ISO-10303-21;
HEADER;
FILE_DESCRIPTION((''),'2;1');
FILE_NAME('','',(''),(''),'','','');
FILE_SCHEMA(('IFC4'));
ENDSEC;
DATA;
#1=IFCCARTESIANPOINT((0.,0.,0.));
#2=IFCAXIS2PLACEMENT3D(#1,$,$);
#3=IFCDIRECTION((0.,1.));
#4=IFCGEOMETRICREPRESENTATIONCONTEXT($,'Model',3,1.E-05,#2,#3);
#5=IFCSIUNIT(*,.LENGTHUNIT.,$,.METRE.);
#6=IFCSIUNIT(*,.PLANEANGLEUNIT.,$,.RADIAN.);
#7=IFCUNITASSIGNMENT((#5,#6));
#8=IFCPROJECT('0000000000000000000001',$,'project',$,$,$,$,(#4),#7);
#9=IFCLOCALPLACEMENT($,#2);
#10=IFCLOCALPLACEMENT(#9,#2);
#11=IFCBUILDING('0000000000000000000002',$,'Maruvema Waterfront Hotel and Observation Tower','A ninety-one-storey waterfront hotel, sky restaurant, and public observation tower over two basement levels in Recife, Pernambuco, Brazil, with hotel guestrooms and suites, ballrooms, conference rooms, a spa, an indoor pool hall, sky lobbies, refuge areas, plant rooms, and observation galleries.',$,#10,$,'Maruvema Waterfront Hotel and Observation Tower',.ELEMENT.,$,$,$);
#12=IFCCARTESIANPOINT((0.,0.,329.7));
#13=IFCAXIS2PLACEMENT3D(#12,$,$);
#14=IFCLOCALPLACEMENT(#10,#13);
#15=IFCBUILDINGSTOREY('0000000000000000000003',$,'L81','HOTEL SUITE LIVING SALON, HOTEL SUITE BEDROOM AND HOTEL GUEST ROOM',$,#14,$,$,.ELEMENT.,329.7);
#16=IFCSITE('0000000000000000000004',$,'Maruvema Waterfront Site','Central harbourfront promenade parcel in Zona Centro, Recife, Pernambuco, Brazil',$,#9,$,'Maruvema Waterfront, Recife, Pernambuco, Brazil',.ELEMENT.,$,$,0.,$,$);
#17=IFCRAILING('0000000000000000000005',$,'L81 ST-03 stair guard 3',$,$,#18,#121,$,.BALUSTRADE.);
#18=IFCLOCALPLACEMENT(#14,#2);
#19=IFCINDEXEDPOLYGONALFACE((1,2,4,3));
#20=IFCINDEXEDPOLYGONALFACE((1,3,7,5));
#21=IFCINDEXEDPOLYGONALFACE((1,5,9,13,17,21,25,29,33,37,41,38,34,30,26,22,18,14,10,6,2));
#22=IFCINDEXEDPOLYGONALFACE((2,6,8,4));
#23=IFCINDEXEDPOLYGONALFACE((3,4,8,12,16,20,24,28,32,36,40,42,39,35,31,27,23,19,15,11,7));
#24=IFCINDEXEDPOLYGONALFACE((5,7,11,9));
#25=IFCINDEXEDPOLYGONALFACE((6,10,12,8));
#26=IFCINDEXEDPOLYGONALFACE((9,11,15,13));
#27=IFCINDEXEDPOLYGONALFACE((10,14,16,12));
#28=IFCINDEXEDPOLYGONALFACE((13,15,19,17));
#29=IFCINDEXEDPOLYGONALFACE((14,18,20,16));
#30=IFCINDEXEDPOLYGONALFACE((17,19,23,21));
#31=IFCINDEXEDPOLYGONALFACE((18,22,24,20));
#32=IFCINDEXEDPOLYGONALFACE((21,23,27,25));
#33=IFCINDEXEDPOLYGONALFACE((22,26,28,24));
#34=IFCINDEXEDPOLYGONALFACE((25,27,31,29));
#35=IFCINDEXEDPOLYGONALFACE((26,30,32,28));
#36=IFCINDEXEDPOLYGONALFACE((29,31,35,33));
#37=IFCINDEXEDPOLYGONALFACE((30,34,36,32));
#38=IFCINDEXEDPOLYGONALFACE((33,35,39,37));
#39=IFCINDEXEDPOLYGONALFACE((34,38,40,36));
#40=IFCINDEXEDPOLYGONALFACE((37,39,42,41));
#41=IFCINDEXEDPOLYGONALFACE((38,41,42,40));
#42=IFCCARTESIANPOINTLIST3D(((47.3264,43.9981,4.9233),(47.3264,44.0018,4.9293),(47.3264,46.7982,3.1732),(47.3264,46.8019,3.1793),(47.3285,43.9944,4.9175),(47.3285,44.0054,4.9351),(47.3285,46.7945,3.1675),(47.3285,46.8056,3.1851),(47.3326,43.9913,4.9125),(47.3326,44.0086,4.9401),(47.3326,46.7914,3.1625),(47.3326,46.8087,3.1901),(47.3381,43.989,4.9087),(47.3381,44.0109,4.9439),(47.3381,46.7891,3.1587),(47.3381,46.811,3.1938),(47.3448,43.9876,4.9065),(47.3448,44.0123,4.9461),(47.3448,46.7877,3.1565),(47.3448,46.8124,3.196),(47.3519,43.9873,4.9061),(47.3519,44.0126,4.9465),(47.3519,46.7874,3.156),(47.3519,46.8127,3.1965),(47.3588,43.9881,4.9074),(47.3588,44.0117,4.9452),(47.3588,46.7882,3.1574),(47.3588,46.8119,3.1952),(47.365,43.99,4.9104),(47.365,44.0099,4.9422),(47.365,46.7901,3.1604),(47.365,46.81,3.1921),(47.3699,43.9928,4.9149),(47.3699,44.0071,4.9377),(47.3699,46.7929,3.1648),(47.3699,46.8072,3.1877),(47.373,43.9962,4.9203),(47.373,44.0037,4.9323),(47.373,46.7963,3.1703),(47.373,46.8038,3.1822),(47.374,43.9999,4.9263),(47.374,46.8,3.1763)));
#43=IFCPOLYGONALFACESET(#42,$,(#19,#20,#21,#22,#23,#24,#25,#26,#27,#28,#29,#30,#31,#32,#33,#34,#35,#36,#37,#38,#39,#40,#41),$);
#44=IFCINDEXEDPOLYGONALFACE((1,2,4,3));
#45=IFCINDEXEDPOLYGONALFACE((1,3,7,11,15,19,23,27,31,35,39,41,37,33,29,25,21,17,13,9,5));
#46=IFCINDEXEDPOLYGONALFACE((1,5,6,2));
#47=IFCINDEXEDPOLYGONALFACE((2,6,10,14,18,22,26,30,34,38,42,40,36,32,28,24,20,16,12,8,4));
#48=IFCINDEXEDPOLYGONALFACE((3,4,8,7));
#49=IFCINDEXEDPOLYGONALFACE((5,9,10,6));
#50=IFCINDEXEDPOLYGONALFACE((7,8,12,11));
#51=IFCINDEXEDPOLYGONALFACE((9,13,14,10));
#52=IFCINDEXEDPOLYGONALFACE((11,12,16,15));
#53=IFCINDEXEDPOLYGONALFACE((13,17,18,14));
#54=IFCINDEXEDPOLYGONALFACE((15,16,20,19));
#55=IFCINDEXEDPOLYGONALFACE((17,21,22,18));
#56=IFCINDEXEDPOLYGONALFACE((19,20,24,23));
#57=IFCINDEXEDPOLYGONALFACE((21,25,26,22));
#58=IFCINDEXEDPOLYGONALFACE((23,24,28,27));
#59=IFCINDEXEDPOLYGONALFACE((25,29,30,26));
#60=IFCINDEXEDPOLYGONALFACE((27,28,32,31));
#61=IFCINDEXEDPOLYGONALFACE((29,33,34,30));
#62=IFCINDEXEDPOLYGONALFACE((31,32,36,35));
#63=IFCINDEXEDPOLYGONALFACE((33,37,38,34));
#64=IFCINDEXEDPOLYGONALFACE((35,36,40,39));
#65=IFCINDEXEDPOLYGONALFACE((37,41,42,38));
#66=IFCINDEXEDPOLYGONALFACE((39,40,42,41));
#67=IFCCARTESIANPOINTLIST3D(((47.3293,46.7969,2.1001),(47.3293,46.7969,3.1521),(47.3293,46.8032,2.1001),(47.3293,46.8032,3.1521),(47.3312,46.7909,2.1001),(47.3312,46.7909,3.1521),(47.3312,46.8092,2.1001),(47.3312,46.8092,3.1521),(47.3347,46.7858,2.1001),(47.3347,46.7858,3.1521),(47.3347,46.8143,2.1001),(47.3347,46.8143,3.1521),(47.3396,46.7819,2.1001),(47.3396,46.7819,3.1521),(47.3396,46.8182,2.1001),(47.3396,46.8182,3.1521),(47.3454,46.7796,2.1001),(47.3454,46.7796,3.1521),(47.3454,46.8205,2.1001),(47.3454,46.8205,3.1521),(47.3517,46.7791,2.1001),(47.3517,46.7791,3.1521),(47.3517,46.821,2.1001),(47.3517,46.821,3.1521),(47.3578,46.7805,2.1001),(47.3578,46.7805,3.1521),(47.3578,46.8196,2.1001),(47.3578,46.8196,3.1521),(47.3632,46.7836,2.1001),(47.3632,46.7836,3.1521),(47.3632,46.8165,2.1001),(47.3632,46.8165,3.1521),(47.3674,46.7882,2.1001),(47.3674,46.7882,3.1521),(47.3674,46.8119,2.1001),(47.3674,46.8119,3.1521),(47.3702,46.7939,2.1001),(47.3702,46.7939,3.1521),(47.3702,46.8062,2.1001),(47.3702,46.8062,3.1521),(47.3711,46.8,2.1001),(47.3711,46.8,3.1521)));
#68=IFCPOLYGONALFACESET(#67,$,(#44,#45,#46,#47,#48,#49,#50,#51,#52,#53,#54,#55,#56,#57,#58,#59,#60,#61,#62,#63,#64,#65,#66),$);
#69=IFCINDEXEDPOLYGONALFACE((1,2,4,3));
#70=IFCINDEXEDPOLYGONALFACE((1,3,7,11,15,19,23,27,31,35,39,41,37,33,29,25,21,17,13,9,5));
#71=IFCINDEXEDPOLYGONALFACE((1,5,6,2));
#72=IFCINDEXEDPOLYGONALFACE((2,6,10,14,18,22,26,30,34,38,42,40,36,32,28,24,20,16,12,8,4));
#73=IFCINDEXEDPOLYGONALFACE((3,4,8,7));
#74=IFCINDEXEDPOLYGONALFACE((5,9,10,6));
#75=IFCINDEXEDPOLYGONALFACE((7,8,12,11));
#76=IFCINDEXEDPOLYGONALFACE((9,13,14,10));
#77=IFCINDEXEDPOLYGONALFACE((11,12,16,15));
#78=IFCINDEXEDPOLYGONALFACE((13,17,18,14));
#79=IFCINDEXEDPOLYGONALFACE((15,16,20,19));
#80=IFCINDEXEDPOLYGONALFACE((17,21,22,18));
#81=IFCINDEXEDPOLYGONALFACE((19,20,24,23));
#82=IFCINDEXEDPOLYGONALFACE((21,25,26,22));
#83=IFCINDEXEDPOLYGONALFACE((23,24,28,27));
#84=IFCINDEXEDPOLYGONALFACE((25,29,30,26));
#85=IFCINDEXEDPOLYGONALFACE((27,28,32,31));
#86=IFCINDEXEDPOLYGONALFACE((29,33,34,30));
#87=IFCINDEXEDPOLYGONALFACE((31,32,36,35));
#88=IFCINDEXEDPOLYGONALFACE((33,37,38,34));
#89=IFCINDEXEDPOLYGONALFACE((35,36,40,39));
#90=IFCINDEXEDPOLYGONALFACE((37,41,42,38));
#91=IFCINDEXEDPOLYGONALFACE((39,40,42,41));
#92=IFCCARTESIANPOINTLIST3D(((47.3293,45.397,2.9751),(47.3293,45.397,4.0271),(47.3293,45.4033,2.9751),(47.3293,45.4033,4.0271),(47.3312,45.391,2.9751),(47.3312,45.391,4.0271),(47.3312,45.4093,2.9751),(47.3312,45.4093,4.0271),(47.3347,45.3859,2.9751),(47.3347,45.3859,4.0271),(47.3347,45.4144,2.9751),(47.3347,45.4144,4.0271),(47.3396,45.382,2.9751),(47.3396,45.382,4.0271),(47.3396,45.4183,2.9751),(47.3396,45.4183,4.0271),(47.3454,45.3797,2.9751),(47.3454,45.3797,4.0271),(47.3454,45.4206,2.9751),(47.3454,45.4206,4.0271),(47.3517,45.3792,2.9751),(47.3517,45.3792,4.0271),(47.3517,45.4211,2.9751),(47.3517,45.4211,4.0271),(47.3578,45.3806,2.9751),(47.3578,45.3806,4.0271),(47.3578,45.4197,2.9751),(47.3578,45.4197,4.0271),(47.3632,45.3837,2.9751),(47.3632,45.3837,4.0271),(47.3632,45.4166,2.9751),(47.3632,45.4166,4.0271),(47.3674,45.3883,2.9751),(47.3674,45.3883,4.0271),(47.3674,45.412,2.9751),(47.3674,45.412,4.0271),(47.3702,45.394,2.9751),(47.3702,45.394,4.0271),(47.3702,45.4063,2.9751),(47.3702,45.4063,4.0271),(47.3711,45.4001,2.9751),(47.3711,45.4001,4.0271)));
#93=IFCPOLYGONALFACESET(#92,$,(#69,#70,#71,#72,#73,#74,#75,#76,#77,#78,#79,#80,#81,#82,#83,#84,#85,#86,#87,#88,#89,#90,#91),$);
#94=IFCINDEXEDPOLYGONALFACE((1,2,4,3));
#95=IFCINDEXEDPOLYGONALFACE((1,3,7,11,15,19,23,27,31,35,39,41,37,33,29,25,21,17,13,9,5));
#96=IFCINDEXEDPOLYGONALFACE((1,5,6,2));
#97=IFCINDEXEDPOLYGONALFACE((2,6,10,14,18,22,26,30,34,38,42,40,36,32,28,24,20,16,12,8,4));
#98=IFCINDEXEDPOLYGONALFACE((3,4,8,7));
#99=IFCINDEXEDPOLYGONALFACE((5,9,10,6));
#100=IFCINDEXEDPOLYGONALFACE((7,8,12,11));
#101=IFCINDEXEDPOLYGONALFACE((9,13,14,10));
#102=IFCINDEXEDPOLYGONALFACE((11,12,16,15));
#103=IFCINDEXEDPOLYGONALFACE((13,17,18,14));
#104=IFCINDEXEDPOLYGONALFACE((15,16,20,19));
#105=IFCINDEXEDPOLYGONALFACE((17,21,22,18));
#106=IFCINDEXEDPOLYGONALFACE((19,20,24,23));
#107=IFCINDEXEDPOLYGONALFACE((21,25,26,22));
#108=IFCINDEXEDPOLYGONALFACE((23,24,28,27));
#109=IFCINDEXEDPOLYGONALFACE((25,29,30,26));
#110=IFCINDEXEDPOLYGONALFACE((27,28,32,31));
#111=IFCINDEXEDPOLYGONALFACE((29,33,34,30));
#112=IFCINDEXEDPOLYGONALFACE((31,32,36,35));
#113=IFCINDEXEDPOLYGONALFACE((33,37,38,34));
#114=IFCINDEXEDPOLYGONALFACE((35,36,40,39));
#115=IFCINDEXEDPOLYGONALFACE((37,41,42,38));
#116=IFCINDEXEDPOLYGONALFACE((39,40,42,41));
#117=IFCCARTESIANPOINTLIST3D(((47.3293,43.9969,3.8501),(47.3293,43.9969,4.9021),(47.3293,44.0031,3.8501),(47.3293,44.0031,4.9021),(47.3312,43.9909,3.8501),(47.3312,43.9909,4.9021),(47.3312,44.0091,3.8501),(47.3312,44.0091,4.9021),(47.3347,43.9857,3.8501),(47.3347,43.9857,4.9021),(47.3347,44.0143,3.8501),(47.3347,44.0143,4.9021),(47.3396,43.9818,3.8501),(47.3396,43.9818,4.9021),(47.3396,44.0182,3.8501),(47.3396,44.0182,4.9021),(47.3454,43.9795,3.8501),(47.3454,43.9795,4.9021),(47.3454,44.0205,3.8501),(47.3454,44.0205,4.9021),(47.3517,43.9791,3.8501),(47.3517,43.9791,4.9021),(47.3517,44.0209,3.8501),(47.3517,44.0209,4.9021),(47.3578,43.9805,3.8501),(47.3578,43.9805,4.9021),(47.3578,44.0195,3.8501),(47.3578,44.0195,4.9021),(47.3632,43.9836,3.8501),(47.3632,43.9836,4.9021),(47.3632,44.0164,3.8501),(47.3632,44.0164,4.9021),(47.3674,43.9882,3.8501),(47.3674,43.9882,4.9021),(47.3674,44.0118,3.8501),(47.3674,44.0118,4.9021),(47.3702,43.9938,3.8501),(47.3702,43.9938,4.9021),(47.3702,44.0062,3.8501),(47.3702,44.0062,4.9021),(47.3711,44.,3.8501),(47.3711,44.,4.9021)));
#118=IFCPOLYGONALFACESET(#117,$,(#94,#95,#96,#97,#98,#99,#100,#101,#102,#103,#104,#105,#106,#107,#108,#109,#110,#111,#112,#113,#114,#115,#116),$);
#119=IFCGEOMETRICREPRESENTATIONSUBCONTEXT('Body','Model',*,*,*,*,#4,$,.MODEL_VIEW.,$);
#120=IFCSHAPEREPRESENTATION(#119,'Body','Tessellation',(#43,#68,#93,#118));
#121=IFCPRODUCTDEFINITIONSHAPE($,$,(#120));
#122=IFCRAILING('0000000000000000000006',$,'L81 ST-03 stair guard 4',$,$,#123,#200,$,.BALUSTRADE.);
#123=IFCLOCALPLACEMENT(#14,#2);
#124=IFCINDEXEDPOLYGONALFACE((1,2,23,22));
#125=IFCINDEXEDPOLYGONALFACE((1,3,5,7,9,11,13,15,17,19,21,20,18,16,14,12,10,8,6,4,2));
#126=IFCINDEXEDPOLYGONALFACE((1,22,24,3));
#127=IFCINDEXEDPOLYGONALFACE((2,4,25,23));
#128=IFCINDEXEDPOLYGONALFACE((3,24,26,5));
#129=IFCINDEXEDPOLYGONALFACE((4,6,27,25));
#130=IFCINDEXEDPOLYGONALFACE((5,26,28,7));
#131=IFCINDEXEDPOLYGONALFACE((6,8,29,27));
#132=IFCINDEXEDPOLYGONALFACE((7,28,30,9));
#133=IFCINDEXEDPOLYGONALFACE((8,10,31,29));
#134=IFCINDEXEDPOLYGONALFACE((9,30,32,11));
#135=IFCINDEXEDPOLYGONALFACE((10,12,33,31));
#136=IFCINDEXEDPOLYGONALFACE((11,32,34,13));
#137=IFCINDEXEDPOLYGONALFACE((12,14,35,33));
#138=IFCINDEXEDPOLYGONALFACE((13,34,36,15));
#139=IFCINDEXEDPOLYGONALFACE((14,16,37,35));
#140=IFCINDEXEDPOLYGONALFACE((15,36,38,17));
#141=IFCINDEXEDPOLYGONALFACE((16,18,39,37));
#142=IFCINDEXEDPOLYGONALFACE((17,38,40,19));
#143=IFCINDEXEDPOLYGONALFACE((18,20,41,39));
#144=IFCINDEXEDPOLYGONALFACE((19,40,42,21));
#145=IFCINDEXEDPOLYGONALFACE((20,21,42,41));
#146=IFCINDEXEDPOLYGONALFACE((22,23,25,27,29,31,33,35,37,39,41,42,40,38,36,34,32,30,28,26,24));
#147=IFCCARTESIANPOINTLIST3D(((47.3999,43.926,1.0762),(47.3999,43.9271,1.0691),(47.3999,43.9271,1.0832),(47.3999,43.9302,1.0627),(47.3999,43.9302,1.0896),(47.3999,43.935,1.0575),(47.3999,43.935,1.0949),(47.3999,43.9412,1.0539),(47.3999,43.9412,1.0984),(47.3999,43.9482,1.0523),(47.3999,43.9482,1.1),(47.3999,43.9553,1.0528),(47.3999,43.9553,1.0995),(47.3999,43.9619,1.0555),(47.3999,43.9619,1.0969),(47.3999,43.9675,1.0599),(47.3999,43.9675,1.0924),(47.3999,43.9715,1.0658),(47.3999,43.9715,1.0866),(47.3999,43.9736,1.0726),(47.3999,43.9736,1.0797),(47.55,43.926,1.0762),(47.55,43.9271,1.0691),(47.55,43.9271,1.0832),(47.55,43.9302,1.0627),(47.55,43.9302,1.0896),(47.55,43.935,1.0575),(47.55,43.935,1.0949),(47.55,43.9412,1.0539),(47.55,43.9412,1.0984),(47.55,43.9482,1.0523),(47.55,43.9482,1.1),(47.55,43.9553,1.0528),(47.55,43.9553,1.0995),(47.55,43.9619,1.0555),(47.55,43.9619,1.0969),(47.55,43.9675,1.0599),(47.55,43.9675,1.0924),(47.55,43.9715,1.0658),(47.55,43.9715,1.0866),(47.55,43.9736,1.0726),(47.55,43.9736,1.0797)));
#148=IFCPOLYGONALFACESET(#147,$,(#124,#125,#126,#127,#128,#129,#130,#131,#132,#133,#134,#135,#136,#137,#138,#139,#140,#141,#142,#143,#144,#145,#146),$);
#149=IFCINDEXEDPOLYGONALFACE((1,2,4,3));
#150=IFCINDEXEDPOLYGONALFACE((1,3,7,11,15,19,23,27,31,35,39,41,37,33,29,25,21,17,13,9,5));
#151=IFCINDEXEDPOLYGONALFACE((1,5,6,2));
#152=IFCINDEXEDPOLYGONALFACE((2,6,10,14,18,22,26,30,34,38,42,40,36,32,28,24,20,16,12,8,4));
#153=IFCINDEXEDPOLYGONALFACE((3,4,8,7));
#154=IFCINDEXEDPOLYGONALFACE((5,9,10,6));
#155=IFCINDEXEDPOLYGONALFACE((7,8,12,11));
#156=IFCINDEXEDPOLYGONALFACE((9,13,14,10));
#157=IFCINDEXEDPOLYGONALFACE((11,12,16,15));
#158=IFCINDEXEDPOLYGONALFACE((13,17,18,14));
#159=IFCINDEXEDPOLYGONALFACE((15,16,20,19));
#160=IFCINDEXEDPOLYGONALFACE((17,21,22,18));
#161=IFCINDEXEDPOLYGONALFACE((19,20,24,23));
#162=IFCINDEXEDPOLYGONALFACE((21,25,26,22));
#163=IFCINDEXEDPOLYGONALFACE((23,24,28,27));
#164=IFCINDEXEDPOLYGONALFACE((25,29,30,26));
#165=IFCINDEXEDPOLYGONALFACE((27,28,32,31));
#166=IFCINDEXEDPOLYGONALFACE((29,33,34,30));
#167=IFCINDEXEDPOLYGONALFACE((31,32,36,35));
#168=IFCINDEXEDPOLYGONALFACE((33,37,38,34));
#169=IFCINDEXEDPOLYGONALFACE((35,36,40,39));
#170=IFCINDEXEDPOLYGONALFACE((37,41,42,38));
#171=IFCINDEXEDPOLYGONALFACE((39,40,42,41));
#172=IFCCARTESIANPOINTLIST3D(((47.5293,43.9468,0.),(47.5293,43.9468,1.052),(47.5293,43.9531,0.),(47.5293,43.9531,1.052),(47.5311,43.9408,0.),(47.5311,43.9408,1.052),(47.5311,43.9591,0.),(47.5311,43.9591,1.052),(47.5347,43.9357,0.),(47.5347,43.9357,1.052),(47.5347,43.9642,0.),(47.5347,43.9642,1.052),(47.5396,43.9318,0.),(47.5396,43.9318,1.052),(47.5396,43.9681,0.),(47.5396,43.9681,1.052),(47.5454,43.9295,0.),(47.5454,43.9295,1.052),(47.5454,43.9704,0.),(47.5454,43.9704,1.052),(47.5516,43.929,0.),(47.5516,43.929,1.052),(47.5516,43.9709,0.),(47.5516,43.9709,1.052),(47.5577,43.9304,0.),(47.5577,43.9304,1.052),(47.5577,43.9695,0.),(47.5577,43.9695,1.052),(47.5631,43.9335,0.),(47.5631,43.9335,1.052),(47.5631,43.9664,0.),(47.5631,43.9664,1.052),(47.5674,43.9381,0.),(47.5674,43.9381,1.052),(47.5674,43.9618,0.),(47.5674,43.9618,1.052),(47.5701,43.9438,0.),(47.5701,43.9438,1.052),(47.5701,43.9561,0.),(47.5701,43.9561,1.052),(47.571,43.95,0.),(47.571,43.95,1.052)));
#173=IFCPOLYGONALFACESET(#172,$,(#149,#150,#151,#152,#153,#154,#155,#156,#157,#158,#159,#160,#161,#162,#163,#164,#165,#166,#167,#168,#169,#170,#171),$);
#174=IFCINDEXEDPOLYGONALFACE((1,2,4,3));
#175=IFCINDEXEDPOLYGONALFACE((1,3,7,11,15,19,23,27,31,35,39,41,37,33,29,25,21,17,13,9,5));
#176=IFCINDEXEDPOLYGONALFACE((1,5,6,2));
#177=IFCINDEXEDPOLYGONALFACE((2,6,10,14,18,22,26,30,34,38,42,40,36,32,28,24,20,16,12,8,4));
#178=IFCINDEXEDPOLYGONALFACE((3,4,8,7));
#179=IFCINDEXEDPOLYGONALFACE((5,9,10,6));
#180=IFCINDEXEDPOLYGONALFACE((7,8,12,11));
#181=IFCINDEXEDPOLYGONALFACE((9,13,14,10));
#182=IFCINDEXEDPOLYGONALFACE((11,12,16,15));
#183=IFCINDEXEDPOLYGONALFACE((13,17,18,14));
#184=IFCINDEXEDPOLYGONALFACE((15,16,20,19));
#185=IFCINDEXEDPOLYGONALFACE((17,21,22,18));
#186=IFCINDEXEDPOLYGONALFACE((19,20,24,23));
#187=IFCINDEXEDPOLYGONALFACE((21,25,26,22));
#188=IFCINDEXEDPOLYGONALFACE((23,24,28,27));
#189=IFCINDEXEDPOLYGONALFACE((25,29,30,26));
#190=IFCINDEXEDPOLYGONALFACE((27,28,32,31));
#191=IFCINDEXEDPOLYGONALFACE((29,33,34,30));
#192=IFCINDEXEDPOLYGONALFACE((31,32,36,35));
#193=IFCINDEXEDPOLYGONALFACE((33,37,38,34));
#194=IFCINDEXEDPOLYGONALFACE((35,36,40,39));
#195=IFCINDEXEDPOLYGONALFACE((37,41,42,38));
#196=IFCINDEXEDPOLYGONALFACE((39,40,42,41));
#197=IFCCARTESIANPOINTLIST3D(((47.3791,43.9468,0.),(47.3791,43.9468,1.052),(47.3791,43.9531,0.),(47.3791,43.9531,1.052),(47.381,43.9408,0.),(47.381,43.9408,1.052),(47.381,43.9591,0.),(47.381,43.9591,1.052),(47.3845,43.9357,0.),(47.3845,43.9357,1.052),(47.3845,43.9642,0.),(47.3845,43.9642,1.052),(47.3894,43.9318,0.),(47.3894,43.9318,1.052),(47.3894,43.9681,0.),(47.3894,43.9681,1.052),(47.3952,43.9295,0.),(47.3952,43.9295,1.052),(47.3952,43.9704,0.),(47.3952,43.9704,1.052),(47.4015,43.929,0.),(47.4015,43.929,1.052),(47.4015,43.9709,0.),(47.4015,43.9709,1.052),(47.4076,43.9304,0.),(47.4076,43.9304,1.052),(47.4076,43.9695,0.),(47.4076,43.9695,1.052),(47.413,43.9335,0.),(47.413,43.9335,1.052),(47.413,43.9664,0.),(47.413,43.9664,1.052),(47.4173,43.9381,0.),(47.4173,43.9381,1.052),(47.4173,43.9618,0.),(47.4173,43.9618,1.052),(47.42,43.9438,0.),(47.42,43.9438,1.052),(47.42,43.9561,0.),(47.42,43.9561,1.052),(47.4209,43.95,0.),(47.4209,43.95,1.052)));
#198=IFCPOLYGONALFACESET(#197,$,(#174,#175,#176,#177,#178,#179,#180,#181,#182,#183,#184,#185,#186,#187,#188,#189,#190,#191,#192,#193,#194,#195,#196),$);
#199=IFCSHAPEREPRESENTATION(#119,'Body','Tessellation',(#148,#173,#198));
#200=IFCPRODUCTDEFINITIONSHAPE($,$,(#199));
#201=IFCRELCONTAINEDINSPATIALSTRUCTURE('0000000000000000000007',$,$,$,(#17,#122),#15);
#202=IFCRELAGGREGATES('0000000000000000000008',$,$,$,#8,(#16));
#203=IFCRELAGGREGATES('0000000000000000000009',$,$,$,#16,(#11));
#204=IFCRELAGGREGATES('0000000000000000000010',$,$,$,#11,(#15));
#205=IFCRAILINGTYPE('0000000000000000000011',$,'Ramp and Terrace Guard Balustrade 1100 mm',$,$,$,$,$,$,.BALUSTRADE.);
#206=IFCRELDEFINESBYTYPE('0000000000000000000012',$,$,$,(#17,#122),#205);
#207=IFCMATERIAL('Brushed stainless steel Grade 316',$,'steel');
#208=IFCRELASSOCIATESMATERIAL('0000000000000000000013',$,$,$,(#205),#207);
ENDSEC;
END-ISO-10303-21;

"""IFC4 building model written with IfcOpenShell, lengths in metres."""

from ifc_helpers import new_model, si_unit, direction, frame, origin, origin_2d, place, context, subcontext, project, spatial, circle, extrude, material, type_object, element, save


model = new_model("IFC4")

# Units and contexts
model_context = context("Model", 3, precision=1e-05, world=origin(), true_north=direction((0.0, 1.0)))
body_context = subcontext(model_context, "Body", "Model", "MODEL_VIEW")
ifc_project = project(units=[si_unit("LENGTHUNIT", "METRE"), si_unit("PLANEANGLEUNIT", "RADIAN")], contexts=[model_context])

# Site, building, storey
site_placement = place(None, origin())
site = spatial("IfcSite", under=ifc_project, at=site_placement, Name="Maruvema Waterfront Site", Description="Central harbourfront promenade parcel in Zona Centro, Recife, Pernambuco, Brazil", LongName="Maruvema Waterfront, Recife, Pernambuco, Brazil", CompositionType="ELEMENT", RefElevation=0.0)
building_placement = place(site_placement, origin())
building = spatial("IfcBuilding", under=site, at=building_placement, Name="Maruvema Waterfront Hotel and Observation Tower", Description="A ninety-one-storey waterfront hotel, sky restaurant, and public observation tower over two basement levels in Recife, Pernambuco, Brazil, with hotel guestrooms and suites, ballrooms, conference rooms, a spa, an indoor pool hall, sky lobbies, refuge areas, plant rooms, and observation galleries.", LongName="Maruvema Waterfront Hotel and Observation Tower", CompositionType="ELEMENT")
storey_placement = place(building_placement, frame((0.0, 0.0, 329.7)))
storey = spatial("IfcBuildingStorey", under=building, at=storey_placement, Name="L81", Description="HOTEL SUITE LIVING SALON, HOTEL SUITE BEDROOM AND HOTEL GUEST ROOM", CompositionType="ELEMENT", Elevation=329.7)

# Railings
ifc_material_1 = material(Name="Brushed stainless steel Grade 316", Category="steel")
railing_type_1 = type_object("IfcRailingType", Name="Ramp and Terrace Guard Balustrade 1100 mm", PredefinedType="BALUSTRADE", material=ifc_material_1)
railing_1_placement = place(storey_placement, frame((47.3501, 46.8, 2.1001)))
element("IfcRailing", 1, at=railing_1_placement, inside=storey, type_object=railing_type_1, Name="L81 ST-03 stair guard 3", PredefinedType="BALUSTRADE", context=body_context, shape_type="SweptSolid", body=[
    extrude(circle(Radius=0.0239, at=origin_2d()), frame((0.0, 0.0, 1.0762), z_axis=(0.0, -0.848002, 0.529992), x_axis=(1.0, 0.0, 0.0)), (0.0, 0.0, 1.0), 3.302),
    extrude(circle(Radius=0.021, at=origin_2d()), origin(), (0.0, 0.0, 1.0), 1.052),
    extrude(circle(Radius=0.021, at=origin_2d()), frame((0.0, -1.3999, 0.875)), (0.0, 0.0, 1.0), 1.052),
    extrude(circle(Radius=0.021, at=origin_2d()), frame((0.0, -2.8, 1.75)), (0.0, 0.0, 1.0), 1.052),
])
railing_2_placement = place(storey_placement, frame((47.55, 43.95, 0.0)))
element("IfcRailing", 2, at=railing_2_placement, inside=storey, type_object=railing_type_1, Name="L81 ST-03 stair guard 4", PredefinedType="BALUSTRADE", context=body_context, shape_type="SweptSolid", body=[
    extrude(circle(Radius=0.0239, at=origin_2d()), frame((0.0, 0.0, 1.0762), z_axis=(-1.0, 0.0, 0.0), x_axis=(0.0, -1.0, 0.0)), (0.0, 0.0, 1.0), 0.1501),
    extrude(circle(Radius=0.021, at=origin_2d()), origin(), (0.0, 0.0, 1.0), 1.052),
    extrude(circle(Radius=0.021, at=origin_2d()), frame((-0.1501, 0.0, 0.0)), (0.0, 0.0, 1.0), 1.052),
])

save(model, "model.ifc")
